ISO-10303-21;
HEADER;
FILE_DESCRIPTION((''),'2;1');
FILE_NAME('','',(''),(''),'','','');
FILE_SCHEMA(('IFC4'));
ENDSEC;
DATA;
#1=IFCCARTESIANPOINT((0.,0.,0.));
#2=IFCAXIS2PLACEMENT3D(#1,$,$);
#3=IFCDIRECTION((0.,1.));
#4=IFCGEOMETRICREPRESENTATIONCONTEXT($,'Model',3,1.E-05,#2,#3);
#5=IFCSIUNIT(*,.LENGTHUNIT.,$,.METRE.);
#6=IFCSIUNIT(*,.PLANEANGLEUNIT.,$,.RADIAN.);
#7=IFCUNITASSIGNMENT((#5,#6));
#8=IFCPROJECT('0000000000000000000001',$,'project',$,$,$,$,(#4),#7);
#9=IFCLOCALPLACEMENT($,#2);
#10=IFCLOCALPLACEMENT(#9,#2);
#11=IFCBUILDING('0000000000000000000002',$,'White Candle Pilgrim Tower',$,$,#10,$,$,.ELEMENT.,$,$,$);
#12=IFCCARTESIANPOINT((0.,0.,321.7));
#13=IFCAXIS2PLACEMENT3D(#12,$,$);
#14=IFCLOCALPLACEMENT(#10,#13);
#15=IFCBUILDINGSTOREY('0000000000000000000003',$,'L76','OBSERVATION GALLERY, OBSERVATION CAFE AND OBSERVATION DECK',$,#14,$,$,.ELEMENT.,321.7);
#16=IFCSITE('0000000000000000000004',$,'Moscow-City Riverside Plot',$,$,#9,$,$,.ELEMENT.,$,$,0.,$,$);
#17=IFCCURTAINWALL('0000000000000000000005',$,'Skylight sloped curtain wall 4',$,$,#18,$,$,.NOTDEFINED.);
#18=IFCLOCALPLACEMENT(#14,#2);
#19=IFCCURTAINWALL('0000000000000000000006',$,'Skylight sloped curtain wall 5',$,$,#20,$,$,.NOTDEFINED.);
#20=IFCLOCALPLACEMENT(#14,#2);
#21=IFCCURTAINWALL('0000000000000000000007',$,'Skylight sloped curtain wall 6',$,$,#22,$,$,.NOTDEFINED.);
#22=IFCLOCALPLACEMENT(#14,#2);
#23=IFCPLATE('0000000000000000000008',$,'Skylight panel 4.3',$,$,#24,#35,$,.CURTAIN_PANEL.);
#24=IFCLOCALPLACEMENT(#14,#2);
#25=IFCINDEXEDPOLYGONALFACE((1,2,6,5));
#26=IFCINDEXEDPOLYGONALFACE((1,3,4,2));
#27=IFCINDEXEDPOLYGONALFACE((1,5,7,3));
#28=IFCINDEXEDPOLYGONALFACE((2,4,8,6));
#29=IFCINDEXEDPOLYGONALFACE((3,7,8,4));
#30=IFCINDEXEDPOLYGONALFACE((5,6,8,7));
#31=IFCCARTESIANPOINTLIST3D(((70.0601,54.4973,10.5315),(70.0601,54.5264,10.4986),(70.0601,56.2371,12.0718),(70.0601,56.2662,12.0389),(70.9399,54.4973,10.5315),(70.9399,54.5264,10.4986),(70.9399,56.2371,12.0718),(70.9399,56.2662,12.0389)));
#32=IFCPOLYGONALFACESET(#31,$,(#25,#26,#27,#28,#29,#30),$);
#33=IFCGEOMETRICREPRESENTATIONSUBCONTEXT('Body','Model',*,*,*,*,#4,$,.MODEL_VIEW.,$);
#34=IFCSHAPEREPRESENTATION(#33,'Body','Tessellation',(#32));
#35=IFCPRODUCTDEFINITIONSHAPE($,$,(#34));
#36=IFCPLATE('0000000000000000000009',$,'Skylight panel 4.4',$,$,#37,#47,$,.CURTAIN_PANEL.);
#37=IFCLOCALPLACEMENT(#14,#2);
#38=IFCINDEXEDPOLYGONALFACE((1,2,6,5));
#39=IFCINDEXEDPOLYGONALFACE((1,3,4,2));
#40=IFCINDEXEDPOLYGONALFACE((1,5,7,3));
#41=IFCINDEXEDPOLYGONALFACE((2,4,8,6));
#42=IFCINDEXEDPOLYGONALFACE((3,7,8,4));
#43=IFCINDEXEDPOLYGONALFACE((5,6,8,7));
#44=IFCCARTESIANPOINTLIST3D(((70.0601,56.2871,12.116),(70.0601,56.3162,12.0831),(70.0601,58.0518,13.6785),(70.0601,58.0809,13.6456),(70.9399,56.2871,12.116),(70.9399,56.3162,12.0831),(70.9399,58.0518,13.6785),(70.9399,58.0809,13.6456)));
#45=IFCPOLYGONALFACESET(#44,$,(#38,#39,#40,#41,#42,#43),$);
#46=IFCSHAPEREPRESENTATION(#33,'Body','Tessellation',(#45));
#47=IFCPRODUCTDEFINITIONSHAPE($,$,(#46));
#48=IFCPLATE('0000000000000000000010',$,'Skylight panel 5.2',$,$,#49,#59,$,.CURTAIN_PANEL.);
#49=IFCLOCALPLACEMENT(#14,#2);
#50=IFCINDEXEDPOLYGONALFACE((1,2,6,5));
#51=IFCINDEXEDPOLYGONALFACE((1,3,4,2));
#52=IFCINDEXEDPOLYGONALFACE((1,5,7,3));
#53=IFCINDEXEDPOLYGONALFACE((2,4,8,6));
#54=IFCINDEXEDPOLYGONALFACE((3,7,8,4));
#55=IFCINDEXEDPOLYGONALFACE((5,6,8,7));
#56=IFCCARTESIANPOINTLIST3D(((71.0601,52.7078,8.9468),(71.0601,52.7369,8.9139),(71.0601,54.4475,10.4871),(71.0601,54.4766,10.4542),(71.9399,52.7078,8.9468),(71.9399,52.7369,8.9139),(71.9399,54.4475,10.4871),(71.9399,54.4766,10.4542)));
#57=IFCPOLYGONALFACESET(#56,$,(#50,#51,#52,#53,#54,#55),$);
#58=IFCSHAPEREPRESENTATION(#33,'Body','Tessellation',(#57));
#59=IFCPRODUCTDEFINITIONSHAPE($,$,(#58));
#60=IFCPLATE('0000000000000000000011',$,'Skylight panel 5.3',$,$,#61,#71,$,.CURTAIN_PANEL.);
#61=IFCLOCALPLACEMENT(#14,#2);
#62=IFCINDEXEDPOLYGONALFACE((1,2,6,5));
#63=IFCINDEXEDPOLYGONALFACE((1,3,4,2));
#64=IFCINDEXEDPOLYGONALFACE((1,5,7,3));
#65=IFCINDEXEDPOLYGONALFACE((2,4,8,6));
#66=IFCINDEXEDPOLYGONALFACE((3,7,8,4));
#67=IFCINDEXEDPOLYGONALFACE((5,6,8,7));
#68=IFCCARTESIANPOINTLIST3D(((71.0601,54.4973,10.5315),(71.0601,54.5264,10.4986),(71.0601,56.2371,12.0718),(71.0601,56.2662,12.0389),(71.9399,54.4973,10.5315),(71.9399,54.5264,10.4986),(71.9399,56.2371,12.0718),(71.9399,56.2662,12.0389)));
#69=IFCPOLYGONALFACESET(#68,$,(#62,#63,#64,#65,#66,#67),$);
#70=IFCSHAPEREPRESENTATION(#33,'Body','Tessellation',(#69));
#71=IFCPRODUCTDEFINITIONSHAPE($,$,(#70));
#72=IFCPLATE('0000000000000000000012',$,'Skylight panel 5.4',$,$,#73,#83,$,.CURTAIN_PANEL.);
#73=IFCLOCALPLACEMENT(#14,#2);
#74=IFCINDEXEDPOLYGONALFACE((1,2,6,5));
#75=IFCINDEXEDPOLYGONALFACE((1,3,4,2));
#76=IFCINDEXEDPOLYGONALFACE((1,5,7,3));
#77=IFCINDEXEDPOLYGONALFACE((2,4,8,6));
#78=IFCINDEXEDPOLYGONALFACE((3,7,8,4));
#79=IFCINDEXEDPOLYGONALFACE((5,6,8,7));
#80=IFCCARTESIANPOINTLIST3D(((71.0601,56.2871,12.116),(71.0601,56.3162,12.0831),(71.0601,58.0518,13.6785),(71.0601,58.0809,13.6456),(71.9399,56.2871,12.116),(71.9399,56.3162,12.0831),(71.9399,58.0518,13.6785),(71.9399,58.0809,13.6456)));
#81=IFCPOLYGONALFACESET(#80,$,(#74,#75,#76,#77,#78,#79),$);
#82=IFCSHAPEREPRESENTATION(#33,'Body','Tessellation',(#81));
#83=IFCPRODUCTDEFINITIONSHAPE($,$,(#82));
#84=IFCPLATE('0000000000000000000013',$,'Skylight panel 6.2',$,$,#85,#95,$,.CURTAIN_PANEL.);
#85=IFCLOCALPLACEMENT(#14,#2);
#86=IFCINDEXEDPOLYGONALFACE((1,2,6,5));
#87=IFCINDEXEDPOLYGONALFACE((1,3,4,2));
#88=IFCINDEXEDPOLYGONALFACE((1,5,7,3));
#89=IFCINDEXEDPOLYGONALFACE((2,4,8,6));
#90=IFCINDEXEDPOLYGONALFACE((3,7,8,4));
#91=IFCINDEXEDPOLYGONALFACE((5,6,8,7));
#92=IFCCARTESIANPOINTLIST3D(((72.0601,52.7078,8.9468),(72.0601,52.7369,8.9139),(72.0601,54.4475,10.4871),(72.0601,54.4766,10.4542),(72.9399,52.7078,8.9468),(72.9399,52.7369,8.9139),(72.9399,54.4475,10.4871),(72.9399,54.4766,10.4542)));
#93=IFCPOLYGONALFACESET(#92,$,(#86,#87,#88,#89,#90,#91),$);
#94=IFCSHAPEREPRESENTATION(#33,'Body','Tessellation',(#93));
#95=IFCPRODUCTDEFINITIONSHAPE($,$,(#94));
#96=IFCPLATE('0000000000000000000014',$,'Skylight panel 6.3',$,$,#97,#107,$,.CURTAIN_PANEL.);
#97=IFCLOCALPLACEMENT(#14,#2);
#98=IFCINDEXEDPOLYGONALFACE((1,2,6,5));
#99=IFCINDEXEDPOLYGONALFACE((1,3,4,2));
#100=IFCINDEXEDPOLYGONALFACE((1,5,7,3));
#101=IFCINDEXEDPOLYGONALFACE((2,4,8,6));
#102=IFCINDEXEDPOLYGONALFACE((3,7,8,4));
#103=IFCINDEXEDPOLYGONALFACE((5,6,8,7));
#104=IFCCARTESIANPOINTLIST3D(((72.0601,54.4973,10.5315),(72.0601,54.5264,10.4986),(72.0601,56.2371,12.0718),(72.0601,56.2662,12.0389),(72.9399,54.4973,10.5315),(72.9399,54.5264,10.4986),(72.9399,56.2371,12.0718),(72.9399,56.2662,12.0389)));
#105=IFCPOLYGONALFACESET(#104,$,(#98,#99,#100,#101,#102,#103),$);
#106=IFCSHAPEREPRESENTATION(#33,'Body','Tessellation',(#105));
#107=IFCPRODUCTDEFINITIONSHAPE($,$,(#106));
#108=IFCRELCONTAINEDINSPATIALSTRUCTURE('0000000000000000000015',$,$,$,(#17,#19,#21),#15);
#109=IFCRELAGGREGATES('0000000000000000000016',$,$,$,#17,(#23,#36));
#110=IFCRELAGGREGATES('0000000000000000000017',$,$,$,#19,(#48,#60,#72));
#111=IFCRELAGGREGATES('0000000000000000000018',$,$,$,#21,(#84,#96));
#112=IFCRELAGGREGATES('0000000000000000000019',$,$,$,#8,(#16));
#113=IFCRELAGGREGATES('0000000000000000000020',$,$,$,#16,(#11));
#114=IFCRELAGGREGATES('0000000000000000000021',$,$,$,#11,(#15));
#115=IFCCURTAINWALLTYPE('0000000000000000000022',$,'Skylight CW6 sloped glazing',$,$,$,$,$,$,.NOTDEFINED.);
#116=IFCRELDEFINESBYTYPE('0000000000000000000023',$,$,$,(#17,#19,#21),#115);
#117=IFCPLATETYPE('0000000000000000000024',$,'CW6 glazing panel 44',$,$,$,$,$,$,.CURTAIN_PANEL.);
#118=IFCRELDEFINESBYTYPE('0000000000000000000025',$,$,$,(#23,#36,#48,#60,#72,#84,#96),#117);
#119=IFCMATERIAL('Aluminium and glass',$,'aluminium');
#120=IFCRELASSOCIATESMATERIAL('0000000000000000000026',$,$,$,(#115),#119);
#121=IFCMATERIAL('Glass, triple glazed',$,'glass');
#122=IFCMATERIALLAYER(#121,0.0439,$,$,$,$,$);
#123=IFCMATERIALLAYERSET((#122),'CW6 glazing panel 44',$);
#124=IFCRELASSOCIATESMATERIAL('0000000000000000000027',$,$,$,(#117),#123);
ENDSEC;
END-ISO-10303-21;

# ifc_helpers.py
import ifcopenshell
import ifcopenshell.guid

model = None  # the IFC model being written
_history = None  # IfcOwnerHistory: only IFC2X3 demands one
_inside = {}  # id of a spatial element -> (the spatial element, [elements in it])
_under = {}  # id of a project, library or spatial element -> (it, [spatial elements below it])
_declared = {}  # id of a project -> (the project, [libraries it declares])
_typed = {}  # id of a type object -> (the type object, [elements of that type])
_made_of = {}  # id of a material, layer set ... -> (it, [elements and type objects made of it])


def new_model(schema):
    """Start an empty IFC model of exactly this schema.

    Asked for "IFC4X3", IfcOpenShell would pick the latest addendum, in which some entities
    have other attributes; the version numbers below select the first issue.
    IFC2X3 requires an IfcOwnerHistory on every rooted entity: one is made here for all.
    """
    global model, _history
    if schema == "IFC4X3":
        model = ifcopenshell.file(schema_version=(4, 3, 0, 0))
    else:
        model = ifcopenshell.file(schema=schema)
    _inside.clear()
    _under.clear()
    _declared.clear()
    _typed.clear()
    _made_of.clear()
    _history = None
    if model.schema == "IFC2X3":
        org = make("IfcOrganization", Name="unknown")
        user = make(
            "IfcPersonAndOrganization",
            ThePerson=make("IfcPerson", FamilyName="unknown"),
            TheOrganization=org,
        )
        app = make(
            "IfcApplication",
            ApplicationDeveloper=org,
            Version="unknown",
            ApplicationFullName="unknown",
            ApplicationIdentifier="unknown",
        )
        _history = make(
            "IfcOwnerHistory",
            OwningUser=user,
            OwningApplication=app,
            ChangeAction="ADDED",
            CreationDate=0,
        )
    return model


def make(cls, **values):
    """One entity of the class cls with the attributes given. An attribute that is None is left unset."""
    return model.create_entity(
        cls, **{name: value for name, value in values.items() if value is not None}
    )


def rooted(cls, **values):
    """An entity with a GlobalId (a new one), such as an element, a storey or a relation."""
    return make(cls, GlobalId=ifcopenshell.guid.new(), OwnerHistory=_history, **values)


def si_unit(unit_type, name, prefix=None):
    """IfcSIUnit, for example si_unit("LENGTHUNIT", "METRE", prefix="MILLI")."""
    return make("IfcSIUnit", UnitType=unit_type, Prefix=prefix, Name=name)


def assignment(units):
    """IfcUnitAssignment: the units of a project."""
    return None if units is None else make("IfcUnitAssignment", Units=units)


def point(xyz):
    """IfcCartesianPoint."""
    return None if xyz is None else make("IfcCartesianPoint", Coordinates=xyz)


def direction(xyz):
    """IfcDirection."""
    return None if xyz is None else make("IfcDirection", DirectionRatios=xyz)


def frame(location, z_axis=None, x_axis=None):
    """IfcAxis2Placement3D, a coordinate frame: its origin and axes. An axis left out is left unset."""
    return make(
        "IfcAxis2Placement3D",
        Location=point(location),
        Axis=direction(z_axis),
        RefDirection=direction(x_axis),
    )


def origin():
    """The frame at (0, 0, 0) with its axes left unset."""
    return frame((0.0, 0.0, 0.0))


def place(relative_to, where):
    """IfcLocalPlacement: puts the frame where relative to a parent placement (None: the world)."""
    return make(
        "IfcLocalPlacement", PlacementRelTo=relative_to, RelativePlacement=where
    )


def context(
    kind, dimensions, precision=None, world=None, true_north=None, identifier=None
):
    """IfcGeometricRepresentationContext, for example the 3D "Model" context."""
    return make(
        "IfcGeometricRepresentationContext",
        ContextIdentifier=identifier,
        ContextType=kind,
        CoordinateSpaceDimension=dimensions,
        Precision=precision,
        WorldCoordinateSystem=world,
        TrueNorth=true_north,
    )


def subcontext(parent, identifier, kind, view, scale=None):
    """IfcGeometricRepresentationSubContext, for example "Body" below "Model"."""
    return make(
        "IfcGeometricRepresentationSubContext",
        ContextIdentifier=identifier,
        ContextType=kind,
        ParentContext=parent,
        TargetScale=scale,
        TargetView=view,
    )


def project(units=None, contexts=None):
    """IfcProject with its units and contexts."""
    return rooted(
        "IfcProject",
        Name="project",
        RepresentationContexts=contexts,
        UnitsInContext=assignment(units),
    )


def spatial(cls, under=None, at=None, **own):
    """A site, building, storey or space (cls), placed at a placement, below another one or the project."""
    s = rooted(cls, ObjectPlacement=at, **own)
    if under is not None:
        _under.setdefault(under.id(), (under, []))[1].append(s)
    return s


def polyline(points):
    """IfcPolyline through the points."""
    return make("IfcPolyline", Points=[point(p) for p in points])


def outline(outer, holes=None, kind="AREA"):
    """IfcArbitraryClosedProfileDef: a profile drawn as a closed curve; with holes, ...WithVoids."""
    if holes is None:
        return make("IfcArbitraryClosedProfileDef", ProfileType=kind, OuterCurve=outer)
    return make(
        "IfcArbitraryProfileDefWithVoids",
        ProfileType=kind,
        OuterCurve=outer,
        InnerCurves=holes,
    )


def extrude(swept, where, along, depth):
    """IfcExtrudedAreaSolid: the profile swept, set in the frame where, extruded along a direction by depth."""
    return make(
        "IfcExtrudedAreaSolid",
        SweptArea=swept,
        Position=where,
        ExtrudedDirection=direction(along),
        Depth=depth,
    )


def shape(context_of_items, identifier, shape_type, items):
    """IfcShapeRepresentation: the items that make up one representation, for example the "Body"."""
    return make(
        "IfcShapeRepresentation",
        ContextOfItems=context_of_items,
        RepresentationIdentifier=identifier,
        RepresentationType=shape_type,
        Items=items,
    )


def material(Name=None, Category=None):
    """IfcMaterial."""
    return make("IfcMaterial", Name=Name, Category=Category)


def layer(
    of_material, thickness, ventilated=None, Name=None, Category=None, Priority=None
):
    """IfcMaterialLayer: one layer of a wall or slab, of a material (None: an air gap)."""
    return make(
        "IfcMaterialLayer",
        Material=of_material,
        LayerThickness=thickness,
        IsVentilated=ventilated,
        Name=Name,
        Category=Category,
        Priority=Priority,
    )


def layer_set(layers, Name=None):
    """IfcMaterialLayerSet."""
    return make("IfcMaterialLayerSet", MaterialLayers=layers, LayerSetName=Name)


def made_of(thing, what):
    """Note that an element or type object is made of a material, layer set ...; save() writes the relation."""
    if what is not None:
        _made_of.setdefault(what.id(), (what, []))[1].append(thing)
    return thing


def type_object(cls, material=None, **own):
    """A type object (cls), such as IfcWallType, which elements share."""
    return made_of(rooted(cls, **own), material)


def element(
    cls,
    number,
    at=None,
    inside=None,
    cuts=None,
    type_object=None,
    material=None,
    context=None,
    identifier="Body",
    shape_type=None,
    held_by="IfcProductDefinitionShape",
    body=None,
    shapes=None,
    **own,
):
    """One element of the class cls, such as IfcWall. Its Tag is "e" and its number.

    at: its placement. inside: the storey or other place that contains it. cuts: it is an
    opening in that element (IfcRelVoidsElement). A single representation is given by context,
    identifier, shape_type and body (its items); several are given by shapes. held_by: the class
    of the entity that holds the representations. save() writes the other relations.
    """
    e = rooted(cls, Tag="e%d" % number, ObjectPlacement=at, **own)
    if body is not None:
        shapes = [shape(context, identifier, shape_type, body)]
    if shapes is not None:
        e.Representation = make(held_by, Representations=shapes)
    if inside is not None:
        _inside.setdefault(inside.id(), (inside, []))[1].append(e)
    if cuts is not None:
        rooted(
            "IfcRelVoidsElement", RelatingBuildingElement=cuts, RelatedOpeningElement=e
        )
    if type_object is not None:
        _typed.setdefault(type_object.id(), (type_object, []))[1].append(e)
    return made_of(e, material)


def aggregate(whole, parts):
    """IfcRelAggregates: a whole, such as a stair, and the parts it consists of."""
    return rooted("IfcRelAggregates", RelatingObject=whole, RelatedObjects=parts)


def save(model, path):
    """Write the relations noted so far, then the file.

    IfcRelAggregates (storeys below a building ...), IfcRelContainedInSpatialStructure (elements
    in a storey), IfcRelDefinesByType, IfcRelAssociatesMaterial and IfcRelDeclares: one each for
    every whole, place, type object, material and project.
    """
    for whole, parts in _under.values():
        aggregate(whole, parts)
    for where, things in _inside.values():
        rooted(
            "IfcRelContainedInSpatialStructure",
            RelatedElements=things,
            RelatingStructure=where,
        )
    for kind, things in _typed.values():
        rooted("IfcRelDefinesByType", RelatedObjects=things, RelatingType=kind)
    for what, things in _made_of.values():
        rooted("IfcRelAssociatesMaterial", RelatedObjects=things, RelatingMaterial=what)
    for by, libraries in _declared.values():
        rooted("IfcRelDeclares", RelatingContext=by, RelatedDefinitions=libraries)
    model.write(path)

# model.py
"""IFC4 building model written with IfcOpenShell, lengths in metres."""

from ifc_helpers import new_model, si_unit, direction, frame, origin, place, context, subcontext, project, spatial, polyline, outline, extrude, material, layer, layer_set, type_object, element, aggregate, save


model = new_model("IFC4")

# Units and contexts
model_context = context("Model", 3, precision=1e-05, world=origin(), true_north=direction((0.0, 1.0)))
body_context = subcontext(model_context, "Body", "Model", "MODEL_VIEW")
ifc_project = project(units=[si_unit("LENGTHUNIT", "METRE"), si_unit("PLANEANGLEUNIT", "RADIAN")], contexts=[model_context])

# Site, building, storey
site_placement = place(None, origin())
site = spatial("IfcSite", under=ifc_project, at=site_placement, Name="Moscow-City Riverside Plot", CompositionType="ELEMENT", RefElevation=0.0)
building_placement = place(site_placement, origin())
building = spatial("IfcBuilding", under=site, at=building_placement, Name="White Candle Pilgrim Tower", CompositionType="ELEMENT")
storey_placement = place(building_placement, frame((0.0, 0.0, 321.7)))
storey = spatial("IfcBuildingStorey", under=building, at=storey_placement, Name="L76", Description="OBSERVATION GALLERY, OBSERVATION CAFE AND OBSERVATION DECK", CompositionType="ELEMENT", Elevation=321.7)

# Curtain walls
ifc_material_1 = material(Name="Aluminium and glass", Category="aluminium")
curtain_wall_type = type_object("IfcCurtainWallType", Name="Skylight CW6 sloped glazing", PredefinedType="NOTDEFINED", material=ifc_material_1)
curtain_wall_1_placement = place(storey_placement, origin())
curtain_wall_1 = element("IfcCurtainWall", 1, at=curtain_wall_1_placement, inside=storey, type_object=curtain_wall_type, Name="Skylight sloped curtain wall 4", PredefinedType="NOTDEFINED")
curtain_wall_2_placement = place(storey_placement, origin())
curtain_wall_2 = element("IfcCurtainWall", 2, at=curtain_wall_2_placement, inside=storey, type_object=curtain_wall_type, Name="Skylight sloped curtain wall 5", PredefinedType="NOTDEFINED")
curtain_wall_3_placement = place(storey_placement, origin())
curtain_wall_3 = element("IfcCurtainWall", 3, at=curtain_wall_3_placement, inside=storey, type_object=curtain_wall_type, Name="Skylight sloped curtain wall 6", PredefinedType="NOTDEFINED")

# Plates
ifc_material_2 = material(Name="Glass, triple glazed", Category="glass")
ifc_layer = layer(ifc_material_2, 0.0439)
ifc_layer_set = layer_set([ifc_layer], Name="CW6 glazing panel 44")
plate_type = type_object("IfcPlateType", Name="CW6 glazing panel 44", PredefinedType="CURTAIN_PANEL", material=ifc_layer_set)
plate_1_placement = place(storey_placement, frame((70.0601, 54.4973, 10.5315), z_axis=(0.0, -0.662882, 0.748724), x_axis=(1.0, 0.0, 0.0)))
plate_1 = element("IfcPlate", 4, at=plate_1_placement, type_object=plate_type, Name="Skylight panel 4.3", PredefinedType="CURTAIN_PANEL", context=body_context, shape_type="SweptSolid", body=[
    extrude(outline(polyline([(0.0, 0.0), (0.8799, 0.0), (0.8799, 2.3236), (0.0, 2.3236), (0.0, 0.0)])), origin(), (0.0, 0.0, -1.0), 0.0439),
])
plate_2_placement = place(storey_placement, frame((70.0601, 56.2871, 12.116), z_axis=(0.0, -0.662922, 0.748688), x_axis=(1.0, 0.0, 0.0)))
plate_2 = element("IfcPlate", 5, at=plate_2_placement, type_object=plate_type, Name="Skylight panel 4.4", PredefinedType="CURTAIN_PANEL", context=body_context, shape_type="SweptSolid", body=[
    extrude(outline(polyline([(0.0, 0.0), (0.8799, 0.0), (0.8799, 2.357), (0.0, 2.357), (0.0, 0.0)])), origin(), (0.0, 0.0, -1.0), 0.0439),
])
aggregate(curtain_wall_1, [plate_1, plate_2])
plate_3_placement = place(storey_placement, frame((71.0601, 52.7078, 8.9468), z_axis=(0.0, -0.662882, 0.748724), x_axis=(1.0, 0.0, 0.0)))
plate_3 = element("IfcPlate", 6, at=plate_3_placement, type_object=plate_type, Name="Skylight panel 5.2", PredefinedType="CURTAIN_PANEL", context=body_context, shape_type="SweptSolid", body=[
    extrude(outline(polyline([(0.0, 0.0), (0.8799, 0.0), (0.8799, 2.3236), (0.0, 2.3236), (0.0, 0.0)])), origin(), (0.0, 0.0, -1.0), 0.0439),
])
plate_4_placement = place(storey_placement, frame((71.0601, 54.4973, 10.5315), z_axis=(0.0, -0.662882, 0.748724), x_axis=(1.0, 0.0, 0.0)))
plate_4 = element("IfcPlate", 7, at=plate_4_placement, type_object=plate_type, Name="Skylight panel 5.3", PredefinedType="CURTAIN_PANEL", context=body_context, shape_type="SweptSolid", body=[
    extrude(outline(polyline([(0.0, 0.0), (0.8799, 0.0), (0.8799, 2.3236), (0.0, 2.3236), (0.0, 0.0)])), origin(), (0.0, 0.0, -1.0), 0.0439),
])
plate_5_placement = place(storey_placement, frame((71.0601, 56.2871, 12.116), z_axis=(0.0, -0.662922, 0.748688), x_axis=(1.0, 0.0, 0.0)))
plate_5 = element("IfcPlate", 8, at=plate_5_placement, type_object=plate_type, Name="Skylight panel 5.4", PredefinedType="CURTAIN_PANEL", context=body_context, shape_type="SweptSolid", body=[
    extrude(outline(polyline([(0.0, 0.0), (0.8799, 0.0), (0.8799, 2.357), (0.0, 2.357), (0.0, 0.0)])), origin(), (0.0, 0.0, -1.0), 0.0439),
])
aggregate(curtain_wall_2, [plate_3, plate_4, plate_5])
plate_6_placement = place(storey_placement, frame((72.0601, 52.7078, 8.9468), z_axis=(0.0, -0.662882, 0.748724), x_axis=(1.0, 0.0, 0.0)))
plate_6 = element("IfcPlate", 9, at=plate_6_placement, type_object=plate_type, Name="Skylight panel 6.2", PredefinedType="CURTAIN_PANEL", context=body_context, shape_type="SweptSolid", body=[
    extrude(outline(polyline([(0.0, 0.0), (0.8799, 0.0), (0.8799, 2.3236), (0.0, 2.3236), (0.0, 0.0)])), origin(), (0.0, 0.0, -1.0), 0.0439),
])
plate_7_placement = place(storey_placement, frame((72.0601, 54.4973, 10.5315), z_axis=(0.0, -0.662882, 0.748724), x_axis=(1.0, 0.0, 0.0)))
plate_7 = element("IfcPlate", 10, at=plate_7_placement, type_object=plate_type, Name="Skylight panel 6.3", PredefinedType="CURTAIN_PANEL", context=body_context, shape_type="SweptSolid", body=[
    extrude(outline(polyline([(0.0, 0.0), (0.8799, 0.0), (0.8799, 2.3236), (0.0, 2.3236), (0.0, 0.0)])), origin(), (0.0, 0.0, -1.0), 0.0439),
])
aggregate(curtain_wall_3, [plate_6, plate_7])

save(model, "model.ifc")
